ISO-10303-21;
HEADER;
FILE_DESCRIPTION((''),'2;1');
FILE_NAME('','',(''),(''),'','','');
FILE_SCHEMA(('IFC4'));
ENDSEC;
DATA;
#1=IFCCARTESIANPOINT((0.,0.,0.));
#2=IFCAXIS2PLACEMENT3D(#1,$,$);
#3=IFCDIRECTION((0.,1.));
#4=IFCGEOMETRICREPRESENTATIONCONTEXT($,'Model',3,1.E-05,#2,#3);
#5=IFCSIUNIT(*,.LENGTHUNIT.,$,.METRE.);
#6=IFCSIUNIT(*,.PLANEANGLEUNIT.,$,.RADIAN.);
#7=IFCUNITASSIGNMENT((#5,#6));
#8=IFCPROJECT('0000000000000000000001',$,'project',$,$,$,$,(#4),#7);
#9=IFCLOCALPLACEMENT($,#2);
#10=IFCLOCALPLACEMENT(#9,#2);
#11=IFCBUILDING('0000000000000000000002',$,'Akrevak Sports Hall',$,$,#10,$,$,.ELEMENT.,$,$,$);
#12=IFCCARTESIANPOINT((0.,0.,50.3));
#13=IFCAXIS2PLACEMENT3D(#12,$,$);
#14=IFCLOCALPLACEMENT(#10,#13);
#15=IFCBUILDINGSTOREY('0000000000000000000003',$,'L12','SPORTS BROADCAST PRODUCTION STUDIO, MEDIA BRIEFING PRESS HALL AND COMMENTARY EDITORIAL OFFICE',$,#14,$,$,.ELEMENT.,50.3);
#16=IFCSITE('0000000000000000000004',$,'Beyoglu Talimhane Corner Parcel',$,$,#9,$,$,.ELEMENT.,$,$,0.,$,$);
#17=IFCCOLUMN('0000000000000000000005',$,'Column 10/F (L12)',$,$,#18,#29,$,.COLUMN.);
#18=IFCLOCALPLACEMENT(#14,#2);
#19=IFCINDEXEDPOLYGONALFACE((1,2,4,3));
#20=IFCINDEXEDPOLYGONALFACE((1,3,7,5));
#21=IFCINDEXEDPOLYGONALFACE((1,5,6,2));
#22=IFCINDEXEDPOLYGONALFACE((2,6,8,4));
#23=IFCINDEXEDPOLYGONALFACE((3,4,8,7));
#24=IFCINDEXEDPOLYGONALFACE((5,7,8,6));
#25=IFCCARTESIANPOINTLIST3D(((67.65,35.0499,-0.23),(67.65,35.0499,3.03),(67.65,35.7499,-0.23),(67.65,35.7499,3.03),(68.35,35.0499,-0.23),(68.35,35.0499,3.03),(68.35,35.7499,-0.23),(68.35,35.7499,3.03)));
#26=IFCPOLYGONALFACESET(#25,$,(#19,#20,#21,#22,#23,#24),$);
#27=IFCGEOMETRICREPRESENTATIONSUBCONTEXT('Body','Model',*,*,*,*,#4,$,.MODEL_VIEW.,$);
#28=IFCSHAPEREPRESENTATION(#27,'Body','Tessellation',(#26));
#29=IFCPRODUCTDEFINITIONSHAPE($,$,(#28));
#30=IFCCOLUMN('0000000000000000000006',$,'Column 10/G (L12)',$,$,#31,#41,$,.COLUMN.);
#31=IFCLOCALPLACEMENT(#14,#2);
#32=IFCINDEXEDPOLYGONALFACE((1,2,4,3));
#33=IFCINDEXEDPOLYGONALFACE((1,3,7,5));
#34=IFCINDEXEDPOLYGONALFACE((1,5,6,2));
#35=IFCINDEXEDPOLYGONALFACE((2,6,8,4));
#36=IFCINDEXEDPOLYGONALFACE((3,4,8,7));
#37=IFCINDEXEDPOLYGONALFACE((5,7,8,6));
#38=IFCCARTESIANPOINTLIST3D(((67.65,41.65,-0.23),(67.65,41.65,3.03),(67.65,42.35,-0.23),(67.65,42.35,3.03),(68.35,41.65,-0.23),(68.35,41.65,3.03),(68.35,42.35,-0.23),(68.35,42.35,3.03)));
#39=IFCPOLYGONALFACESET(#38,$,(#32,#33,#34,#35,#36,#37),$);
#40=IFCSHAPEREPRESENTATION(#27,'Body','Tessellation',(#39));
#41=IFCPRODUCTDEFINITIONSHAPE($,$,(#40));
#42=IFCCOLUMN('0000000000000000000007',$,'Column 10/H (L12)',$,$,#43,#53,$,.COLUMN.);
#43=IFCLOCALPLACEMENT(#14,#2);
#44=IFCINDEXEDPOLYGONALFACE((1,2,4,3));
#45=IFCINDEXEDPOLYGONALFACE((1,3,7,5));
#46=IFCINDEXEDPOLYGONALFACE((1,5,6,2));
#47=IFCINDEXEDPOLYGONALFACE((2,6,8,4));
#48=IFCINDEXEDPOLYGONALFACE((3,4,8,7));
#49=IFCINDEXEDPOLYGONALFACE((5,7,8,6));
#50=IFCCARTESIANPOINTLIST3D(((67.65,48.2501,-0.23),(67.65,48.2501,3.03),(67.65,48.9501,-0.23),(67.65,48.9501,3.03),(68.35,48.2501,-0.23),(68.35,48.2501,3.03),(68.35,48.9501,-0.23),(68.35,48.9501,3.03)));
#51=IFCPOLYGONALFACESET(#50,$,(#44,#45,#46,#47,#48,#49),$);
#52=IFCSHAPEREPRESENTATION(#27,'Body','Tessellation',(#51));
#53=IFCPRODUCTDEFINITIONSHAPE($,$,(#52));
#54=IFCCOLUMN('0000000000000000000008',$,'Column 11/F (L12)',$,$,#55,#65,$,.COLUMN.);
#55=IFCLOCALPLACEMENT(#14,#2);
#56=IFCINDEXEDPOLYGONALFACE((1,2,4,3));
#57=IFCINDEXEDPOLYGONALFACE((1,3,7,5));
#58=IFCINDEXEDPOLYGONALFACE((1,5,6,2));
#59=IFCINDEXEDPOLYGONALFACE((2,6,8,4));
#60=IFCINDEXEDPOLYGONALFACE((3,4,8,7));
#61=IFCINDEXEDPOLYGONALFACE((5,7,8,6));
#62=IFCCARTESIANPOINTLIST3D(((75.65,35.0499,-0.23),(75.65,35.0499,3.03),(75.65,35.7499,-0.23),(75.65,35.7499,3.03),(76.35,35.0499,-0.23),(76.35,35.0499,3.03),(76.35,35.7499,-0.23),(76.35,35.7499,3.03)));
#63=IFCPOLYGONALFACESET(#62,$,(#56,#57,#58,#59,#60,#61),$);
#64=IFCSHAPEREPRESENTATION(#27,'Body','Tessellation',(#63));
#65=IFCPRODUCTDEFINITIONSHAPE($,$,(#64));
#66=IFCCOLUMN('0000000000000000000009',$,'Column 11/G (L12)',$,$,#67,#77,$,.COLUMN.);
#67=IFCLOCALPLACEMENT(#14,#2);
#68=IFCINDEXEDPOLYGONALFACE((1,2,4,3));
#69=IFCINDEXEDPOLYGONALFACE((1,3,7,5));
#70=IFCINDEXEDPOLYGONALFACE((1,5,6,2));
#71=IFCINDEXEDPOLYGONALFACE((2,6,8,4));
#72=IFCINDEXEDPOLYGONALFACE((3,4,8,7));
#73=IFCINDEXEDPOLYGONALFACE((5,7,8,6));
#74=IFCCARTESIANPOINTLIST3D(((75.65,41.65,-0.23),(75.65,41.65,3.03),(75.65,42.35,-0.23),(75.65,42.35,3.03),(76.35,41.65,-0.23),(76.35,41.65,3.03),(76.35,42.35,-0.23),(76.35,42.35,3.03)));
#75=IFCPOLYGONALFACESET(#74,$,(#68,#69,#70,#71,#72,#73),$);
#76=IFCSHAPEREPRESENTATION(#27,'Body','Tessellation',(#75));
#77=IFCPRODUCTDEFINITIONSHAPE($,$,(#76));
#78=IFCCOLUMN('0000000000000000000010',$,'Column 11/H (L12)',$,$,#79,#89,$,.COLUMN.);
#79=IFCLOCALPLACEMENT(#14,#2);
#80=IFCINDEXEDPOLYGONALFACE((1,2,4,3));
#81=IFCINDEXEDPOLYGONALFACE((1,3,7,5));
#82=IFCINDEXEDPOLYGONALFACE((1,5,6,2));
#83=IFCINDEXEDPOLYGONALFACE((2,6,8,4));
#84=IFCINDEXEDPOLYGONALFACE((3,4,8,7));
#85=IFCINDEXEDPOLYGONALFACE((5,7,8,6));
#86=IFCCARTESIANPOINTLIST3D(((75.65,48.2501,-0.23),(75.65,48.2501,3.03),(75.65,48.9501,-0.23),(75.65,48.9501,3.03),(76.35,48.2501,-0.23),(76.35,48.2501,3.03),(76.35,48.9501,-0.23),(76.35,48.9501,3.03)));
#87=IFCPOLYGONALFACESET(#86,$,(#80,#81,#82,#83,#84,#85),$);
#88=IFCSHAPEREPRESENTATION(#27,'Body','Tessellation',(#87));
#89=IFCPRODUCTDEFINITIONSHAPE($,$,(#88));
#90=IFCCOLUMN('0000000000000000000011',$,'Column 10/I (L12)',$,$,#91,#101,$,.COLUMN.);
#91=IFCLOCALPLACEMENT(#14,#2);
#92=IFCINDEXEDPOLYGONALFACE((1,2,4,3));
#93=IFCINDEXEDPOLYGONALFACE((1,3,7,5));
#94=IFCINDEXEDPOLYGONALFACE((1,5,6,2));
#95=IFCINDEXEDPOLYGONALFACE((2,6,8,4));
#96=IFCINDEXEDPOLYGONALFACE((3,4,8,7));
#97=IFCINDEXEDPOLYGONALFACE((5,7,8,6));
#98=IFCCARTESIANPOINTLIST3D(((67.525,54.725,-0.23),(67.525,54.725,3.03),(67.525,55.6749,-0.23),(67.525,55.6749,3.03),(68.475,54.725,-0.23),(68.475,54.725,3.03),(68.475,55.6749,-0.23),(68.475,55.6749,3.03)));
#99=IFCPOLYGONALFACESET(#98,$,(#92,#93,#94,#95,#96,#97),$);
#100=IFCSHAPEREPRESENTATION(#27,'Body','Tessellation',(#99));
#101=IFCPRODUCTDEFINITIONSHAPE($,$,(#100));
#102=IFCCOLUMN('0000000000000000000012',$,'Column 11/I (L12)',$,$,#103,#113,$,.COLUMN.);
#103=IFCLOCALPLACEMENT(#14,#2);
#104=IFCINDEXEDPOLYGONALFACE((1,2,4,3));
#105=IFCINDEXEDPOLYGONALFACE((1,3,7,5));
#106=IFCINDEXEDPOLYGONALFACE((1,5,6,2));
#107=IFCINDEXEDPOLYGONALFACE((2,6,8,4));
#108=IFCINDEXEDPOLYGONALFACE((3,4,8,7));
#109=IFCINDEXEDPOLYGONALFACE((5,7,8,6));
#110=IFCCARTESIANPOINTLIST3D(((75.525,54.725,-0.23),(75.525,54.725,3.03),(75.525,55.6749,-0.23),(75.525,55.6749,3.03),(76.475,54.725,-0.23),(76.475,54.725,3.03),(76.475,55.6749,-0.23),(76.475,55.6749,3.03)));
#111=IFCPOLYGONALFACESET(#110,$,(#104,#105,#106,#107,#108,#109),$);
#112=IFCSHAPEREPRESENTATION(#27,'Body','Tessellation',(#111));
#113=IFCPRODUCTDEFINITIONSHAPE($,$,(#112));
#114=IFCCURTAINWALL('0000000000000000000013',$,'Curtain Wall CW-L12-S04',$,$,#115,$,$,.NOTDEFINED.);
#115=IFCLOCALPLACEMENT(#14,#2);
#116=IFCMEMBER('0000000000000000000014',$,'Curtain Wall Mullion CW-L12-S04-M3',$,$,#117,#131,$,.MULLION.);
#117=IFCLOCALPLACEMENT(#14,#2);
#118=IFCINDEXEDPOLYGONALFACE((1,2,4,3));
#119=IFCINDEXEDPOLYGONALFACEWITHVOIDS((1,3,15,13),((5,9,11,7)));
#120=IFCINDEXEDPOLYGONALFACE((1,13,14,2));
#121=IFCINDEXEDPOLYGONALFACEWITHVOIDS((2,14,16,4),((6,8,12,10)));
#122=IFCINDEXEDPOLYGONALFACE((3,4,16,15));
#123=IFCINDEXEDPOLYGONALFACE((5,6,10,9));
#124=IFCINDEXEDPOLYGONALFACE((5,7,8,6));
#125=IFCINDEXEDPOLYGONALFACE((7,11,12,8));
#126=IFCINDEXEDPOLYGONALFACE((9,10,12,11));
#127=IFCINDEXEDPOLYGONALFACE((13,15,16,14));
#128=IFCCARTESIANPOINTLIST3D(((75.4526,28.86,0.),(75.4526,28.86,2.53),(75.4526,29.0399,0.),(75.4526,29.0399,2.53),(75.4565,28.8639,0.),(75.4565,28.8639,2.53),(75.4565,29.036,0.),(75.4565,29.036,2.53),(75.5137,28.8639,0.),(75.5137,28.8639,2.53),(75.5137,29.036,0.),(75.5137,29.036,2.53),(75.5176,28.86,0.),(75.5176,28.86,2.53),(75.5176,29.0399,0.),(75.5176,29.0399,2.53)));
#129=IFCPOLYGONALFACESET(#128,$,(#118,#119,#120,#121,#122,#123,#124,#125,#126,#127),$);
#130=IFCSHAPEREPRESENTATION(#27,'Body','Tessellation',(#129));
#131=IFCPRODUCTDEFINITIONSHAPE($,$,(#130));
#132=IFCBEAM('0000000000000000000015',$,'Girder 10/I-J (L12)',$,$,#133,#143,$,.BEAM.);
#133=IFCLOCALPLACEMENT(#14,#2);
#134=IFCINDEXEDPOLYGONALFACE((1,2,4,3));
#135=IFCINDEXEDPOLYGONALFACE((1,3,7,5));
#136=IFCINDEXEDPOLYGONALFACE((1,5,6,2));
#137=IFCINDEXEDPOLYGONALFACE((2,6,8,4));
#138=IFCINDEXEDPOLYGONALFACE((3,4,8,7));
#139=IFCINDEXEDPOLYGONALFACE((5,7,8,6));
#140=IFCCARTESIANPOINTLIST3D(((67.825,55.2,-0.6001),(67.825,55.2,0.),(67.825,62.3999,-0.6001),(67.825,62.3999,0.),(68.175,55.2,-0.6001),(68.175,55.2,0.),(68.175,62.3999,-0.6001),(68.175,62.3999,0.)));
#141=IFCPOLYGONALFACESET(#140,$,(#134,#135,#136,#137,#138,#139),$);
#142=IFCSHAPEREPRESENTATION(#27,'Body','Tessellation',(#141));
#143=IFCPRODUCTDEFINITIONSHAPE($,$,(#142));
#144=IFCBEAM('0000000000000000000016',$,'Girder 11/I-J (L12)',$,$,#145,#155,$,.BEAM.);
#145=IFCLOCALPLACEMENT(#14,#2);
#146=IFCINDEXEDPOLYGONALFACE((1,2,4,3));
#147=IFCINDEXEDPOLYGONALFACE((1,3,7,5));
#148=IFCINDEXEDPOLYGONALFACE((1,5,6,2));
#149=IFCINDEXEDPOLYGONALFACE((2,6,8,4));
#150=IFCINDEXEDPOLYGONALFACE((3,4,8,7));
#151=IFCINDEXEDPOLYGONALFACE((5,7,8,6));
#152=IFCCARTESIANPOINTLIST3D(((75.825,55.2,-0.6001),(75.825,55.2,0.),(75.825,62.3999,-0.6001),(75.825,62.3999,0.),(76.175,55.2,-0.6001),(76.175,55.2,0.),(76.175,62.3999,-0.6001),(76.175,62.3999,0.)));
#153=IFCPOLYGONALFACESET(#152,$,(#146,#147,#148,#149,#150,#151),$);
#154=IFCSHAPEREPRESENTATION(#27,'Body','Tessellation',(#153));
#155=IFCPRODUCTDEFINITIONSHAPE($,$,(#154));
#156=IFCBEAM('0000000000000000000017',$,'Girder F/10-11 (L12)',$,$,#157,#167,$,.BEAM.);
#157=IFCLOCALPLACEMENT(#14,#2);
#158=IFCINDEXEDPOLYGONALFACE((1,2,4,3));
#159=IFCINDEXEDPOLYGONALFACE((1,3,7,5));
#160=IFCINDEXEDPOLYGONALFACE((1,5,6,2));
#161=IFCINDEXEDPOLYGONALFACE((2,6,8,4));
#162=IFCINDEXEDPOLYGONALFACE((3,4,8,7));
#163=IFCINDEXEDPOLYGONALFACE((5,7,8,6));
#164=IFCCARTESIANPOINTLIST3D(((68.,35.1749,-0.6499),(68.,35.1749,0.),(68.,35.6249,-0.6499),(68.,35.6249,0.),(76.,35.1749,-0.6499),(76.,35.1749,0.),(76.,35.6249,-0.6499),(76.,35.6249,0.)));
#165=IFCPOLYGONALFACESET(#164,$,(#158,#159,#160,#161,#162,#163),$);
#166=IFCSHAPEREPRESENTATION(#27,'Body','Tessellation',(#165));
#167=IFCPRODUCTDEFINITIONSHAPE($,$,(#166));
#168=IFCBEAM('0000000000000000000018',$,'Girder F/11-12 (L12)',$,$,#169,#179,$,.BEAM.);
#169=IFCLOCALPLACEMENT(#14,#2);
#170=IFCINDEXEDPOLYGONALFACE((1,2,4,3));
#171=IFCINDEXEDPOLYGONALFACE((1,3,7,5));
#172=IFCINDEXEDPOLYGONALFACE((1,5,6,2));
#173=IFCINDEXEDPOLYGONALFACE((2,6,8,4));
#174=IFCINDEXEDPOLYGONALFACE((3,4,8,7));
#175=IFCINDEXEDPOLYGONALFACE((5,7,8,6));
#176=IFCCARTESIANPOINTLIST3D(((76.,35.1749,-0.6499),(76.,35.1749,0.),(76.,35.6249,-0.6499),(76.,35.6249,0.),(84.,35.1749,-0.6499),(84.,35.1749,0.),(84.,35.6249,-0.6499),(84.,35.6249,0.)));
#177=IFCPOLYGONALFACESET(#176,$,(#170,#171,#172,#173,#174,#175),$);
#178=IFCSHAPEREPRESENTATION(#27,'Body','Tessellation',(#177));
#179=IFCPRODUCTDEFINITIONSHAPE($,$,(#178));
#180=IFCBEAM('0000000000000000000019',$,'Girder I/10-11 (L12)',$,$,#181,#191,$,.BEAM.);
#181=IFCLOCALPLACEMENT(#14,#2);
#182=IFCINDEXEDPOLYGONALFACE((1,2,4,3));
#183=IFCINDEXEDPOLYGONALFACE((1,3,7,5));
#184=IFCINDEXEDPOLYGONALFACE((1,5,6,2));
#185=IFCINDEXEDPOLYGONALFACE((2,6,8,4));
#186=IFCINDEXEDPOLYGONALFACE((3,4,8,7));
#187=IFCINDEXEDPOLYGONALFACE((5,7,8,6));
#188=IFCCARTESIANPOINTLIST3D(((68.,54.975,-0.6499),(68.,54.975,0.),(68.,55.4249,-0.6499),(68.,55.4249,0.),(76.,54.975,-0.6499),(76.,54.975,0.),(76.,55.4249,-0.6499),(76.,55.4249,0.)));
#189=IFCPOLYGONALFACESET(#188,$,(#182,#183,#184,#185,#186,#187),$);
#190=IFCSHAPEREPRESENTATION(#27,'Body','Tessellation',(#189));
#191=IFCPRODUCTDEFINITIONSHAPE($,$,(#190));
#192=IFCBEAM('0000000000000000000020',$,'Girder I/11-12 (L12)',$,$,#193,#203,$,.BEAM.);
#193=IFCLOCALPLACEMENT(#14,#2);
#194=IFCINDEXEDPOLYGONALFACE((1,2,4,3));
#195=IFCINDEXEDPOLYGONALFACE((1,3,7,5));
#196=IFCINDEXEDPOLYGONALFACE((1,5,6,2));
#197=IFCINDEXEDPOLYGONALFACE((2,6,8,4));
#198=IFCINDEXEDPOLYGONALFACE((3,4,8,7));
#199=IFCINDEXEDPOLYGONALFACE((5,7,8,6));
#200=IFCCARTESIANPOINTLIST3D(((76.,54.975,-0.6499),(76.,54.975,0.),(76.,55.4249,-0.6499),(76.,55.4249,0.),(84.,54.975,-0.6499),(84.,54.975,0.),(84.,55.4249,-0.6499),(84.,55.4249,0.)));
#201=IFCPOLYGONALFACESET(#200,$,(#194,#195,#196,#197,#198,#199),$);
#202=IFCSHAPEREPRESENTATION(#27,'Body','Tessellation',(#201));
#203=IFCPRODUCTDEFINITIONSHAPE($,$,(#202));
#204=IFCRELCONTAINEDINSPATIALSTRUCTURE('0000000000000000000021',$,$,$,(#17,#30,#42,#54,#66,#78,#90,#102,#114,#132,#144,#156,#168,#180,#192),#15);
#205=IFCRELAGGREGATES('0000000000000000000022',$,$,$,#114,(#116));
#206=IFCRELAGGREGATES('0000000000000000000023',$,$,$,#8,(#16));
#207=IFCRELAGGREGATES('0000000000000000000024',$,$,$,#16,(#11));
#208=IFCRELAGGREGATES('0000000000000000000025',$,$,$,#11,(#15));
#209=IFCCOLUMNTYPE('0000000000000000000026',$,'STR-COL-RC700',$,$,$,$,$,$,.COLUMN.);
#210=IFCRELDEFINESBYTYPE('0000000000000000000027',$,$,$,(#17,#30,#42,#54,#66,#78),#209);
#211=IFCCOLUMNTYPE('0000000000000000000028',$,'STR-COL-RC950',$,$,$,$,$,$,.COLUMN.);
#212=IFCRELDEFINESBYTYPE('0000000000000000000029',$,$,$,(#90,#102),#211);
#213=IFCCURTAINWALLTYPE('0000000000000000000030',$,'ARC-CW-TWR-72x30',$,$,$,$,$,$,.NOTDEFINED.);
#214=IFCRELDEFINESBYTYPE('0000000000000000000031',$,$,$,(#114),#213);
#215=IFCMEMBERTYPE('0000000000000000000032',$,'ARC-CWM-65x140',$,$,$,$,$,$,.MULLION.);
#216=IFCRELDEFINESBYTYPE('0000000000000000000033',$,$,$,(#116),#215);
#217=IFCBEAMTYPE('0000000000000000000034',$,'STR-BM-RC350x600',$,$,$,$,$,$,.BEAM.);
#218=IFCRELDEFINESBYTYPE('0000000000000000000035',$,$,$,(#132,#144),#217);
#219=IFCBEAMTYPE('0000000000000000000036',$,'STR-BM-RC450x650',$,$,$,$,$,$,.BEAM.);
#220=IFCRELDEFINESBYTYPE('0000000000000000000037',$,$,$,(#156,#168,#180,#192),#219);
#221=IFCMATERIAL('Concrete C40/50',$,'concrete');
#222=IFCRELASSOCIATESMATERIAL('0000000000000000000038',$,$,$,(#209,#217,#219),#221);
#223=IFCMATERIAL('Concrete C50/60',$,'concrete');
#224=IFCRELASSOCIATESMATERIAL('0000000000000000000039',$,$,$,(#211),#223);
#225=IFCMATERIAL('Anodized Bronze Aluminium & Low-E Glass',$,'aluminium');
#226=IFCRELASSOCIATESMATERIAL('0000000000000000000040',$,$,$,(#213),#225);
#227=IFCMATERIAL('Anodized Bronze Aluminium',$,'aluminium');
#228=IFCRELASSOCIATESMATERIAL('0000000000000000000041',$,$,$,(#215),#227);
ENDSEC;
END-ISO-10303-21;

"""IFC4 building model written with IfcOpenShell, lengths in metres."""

from ifc_helpers import new_model, si_unit, direction, frame, origin, origin_2d, place, context, subcontext, project, spatial, rectangle, hollow_rectangle, extrude, material, material_profile, profile_set, type_object, element, aggregate, save


model = new_model("IFC4")

# Units and contexts
model_context = context("Model", 3, precision=1e-05, world=origin(), true_north=direction((0.0, 1.0)))
body_context = subcontext(model_context, "Body", "Model", "MODEL_VIEW")
ifc_project = project(units=[si_unit("LENGTHUNIT", "METRE"), si_unit("PLANEANGLEUNIT", "RADIAN")], contexts=[model_context])

# Site, building, storey
site_placement = place(None, origin())
site = spatial("IfcSite", under=ifc_project, at=site_placement, Name="Beyoglu Talimhane Corner Parcel", CompositionType="ELEMENT", RefElevation=0.0)
building_placement = place(site_placement, origin())
building = spatial("IfcBuilding", under=site, at=building_placement, Name="Akrevak Sports Hall", CompositionType="ELEMENT")
storey_placement = place(building_placement, frame((0.0, 0.0, 50.3)))
storey = spatial("IfcBuildingStorey", under=building, at=storey_placement, Name="L12", Description="SPORTS BROADCAST PRODUCTION STUDIO, MEDIA BRIEFING PRESS HALL AND COMMENTARY EDITORIAL OFFICE", CompositionType="ELEMENT", Elevation=50.3)

# Columns
ifc_material_1 = material(Name="Concrete C40/50", Category="concrete")
ifc_material_profile_1 = material_profile(ifc_material_1, rectangle(XDim=0.7, YDim=0.7, at=origin_2d()), Name="RC 700x700", Category="concrete")
ifc_profile_set_1 = profile_set([ifc_material_profile_1], Name="Concrete C40/50")
column_type_1 = type_object("IfcColumnType", Name="STR-COL-RC700", PredefinedType="COLUMN", material=ifc_profile_set_1)
for number, where, z_axis, x_axis, name in (
    (1, (68.0, 35.3999, -0.23), (0.0, 0.0, 1.0), (1.0, 0.0, 0.0), "Column 10/F (L12)"),
    (2, (68.0, 42.0, -0.23), (0.0, 0.0, 1.0), (1.0, 0.0, 0.0), "Column 10/G (L12)"),
    (3, (68.0, 48.6001, -0.23), (0.0, 0.0, 1.0), (1.0, 0.0, 0.0), "Column 10/H (L12)"),
    (4, (76.0, 35.3999, -0.23), (0.0, 0.0, 1.0), (1.0, 0.0, 0.0), "Column 11/F (L12)"),
    (5, (76.0, 42.0, -0.23), (0.0, 0.0, 1.0), (1.0, 0.0, 0.0), "Column 11/G (L12)"),
    (6, (76.0, 48.6001, -0.23), (0.0, 0.0, 1.0), (1.0, 0.0, 0.0), "Column 11/H (L12)"),
):
    element("IfcColumn", number, at=place(storey_placement, frame(where, z_axis=z_axis, x_axis=x_axis)), inside=storey, type_object=column_type_1, Name=name, PredefinedType="COLUMN", context=body_context, shape_type="SweptSolid", body=[
        extrude(rectangle(XDim=0.7, YDim=0.7, at=origin_2d()), origin(), (0.0, 0.0, 1.0), 3.26),
    ])
ifc_material_2 = material(Name="Concrete C50/60", Category="concrete")
ifc_material_profile_2 = material_profile(ifc_material_2, rectangle(XDim=0.95, YDim=0.95, at=origin_2d()), Name="RC 950x950", Category="concrete")
ifc_profile_set_2 = profile_set([ifc_material_profile_2], Name="Concrete C50/60")
column_type_2 = type_object("IfcColumnType", Name="STR-COL-RC950", PredefinedType="COLUMN", material=ifc_profile_set_2)
for number, where, z_axis, x_axis, name in (
    (7, (68.0, 55.2, -0.23), (0.0, 0.0, 1.0), (1.0, 0.0, 0.0), "Column 10/I (L12)"),
    (8, (76.0, 55.2, -0.23), (0.0, 0.0, 1.0), (1.0, 0.0, 0.0), "Column 11/I (L12)"),
):
    element("IfcColumn", number, at=place(storey_placement, frame(where, z_axis=z_axis, x_axis=x_axis)), inside=storey, type_object=column_type_2, Name=name, PredefinedType="COLUMN", context=body_context, shape_type="SweptSolid", body=[
        extrude(rectangle(XDim=0.95, YDim=0.95, at=origin_2d()), origin(), (0.0, 0.0, 1.0), 3.26),
    ])

# Curtain wall, member
ifc_material_3 = material(Name="Anodized Bronze Aluminium & Low-E Glass", Category="aluminium")
curtain_wall_type = type_object("IfcCurtainWallType", Name="ARC-CW-TWR-72x30", PredefinedType="NOTDEFINED", material=ifc_material_3)
curtain_wall_placement = place(storey_placement, origin())
curtain_wall = element("IfcCurtainWall", 9, at=curtain_wall_placement, inside=storey, type_object=curtain_wall_type, Name="Curtain Wall CW-L12-S04", PredefinedType="NOTDEFINED")
ifc_material_4 = material(Name="Anodized Bronze Aluminium", Category="aluminium")
ifc_material_profile_3 = material_profile(ifc_material_4, hollow_rectangle(XDim=0.0649, YDim=0.1799, WallThickness=0.0039, at=origin_2d()), Name="CWM 65x180", Category="aluminium")
ifc_profile_set_3 = profile_set([ifc_material_profile_3], Name="Anodized Bronze Aluminium")
member_type_1 = type_object("IfcMemberType", Name="ARC-CWM-65x140", PredefinedType="MULLION", material=ifc_profile_set_3)
member_1_placement = place(storey_placement, frame((75.4851, 28.95, 0.0), z_axis=(0.0, 0.0, 1.0), x_axis=(1.0, 0.0, 0.0)))
member_1 = element("IfcMember", 10, at=member_1_placement, type_object=member_type_1, Name="Curtain Wall Mullion CW-L12-S04-M3", PredefinedType="MULLION", context=body_context, shape_type="SweptSolid", body=[
    extrude(hollow_rectangle(XDim=0.0649, YDim=0.1799, WallThickness=0.0039, at=origin_2d()), origin(), (0.0, 0.0, 1.0), 2.53),
])

# Beams
ifc_material_profile_4 = material_profile(ifc_material_1, rectangle(XDim=0.3501, YDim=0.6001, at=origin_2d()), Name="BM 350x600", Category="concrete")
ifc_profile_set_4 = profile_set([ifc_material_profile_4], Name="Concrete C40/50")
beam_type_1 = type_object("IfcBeamType", Name="STR-BM-RC350x600", PredefinedType="BEAM", material=ifc_profile_set_4)
for number, where, z_axis, x_axis, name in (
    (11, (68.0, 55.2, -0.3), (0.0, 1.0, 0.0), (-1.0, 0.0, 0.0), "Girder 10/I-J (L12)"),
    (12, (76.0, 55.2, -0.3), (0.0, 1.0, 0.0), (-1.0, 0.0, 0.0), "Girder 11/I-J (L12)"),
):
    element("IfcBeam", number, at=place(storey_placement, frame(where, z_axis=z_axis, x_axis=x_axis)), inside=storey, type_object=beam_type_1, Name=name, PredefinedType="BEAM", context=body_context, shape_type="SweptSolid", body=[
        extrude(rectangle(XDim=0.3501, YDim=0.6001, at=origin_2d()), origin(), (0.0, 0.0, 1.0), 7.2),
    ])
ifc_material_profile_5 = material_profile(ifc_material_1, rectangle(XDim=0.45, YDim=0.6499, at=origin_2d()), Name="BM 450x650", Category="concrete")
ifc_profile_set_5 = profile_set([ifc_material_profile_5], Name="Concrete C40/50")
beam_type_2 = type_object("IfcBeamType", Name="STR-BM-RC450x650", PredefinedType="BEAM", material=ifc_profile_set_5)
for number, where, z_axis, x_axis, name in (
    (13, (68.0, 35.3999, -0.325), (1.0, 0.0, 0.0), (0.0, 1.0, 0.0), "Girder F/10-11 (L12)"),
    (14, (76.0, 35.3999, -0.325), (1.0, 0.0, 0.0), (0.0, 1.0, 0.0), "Girder F/11-12 (L12)"),
    (15, (68.0, 55.2, -0.325), (1.0, 0.0, 0.0), (0.0, 1.0, 0.0), "Girder I/10-11 (L12)"),
    (16, (76.0, 55.2, -0.325), (1.0, 0.0, 0.0), (0.0, 1.0, 0.0), "Girder I/11-12 (L12)"),
):
    element("IfcBeam", number, at=place(storey_placement, frame(where, z_axis=z_axis, x_axis=x_axis)), inside=storey, type_object=beam_type_2, Name=name, PredefinedType="BEAM", context=body_context, shape_type="SweptSolid", body=[
        extrude(rectangle(XDim=0.45, YDim=0.6499, at=origin_2d()), origin(), (0.0, 0.0, 1.0), 8.0),
    ])

aggregate(curtain_wall, [member_1])

save(model, "model.ifc")
